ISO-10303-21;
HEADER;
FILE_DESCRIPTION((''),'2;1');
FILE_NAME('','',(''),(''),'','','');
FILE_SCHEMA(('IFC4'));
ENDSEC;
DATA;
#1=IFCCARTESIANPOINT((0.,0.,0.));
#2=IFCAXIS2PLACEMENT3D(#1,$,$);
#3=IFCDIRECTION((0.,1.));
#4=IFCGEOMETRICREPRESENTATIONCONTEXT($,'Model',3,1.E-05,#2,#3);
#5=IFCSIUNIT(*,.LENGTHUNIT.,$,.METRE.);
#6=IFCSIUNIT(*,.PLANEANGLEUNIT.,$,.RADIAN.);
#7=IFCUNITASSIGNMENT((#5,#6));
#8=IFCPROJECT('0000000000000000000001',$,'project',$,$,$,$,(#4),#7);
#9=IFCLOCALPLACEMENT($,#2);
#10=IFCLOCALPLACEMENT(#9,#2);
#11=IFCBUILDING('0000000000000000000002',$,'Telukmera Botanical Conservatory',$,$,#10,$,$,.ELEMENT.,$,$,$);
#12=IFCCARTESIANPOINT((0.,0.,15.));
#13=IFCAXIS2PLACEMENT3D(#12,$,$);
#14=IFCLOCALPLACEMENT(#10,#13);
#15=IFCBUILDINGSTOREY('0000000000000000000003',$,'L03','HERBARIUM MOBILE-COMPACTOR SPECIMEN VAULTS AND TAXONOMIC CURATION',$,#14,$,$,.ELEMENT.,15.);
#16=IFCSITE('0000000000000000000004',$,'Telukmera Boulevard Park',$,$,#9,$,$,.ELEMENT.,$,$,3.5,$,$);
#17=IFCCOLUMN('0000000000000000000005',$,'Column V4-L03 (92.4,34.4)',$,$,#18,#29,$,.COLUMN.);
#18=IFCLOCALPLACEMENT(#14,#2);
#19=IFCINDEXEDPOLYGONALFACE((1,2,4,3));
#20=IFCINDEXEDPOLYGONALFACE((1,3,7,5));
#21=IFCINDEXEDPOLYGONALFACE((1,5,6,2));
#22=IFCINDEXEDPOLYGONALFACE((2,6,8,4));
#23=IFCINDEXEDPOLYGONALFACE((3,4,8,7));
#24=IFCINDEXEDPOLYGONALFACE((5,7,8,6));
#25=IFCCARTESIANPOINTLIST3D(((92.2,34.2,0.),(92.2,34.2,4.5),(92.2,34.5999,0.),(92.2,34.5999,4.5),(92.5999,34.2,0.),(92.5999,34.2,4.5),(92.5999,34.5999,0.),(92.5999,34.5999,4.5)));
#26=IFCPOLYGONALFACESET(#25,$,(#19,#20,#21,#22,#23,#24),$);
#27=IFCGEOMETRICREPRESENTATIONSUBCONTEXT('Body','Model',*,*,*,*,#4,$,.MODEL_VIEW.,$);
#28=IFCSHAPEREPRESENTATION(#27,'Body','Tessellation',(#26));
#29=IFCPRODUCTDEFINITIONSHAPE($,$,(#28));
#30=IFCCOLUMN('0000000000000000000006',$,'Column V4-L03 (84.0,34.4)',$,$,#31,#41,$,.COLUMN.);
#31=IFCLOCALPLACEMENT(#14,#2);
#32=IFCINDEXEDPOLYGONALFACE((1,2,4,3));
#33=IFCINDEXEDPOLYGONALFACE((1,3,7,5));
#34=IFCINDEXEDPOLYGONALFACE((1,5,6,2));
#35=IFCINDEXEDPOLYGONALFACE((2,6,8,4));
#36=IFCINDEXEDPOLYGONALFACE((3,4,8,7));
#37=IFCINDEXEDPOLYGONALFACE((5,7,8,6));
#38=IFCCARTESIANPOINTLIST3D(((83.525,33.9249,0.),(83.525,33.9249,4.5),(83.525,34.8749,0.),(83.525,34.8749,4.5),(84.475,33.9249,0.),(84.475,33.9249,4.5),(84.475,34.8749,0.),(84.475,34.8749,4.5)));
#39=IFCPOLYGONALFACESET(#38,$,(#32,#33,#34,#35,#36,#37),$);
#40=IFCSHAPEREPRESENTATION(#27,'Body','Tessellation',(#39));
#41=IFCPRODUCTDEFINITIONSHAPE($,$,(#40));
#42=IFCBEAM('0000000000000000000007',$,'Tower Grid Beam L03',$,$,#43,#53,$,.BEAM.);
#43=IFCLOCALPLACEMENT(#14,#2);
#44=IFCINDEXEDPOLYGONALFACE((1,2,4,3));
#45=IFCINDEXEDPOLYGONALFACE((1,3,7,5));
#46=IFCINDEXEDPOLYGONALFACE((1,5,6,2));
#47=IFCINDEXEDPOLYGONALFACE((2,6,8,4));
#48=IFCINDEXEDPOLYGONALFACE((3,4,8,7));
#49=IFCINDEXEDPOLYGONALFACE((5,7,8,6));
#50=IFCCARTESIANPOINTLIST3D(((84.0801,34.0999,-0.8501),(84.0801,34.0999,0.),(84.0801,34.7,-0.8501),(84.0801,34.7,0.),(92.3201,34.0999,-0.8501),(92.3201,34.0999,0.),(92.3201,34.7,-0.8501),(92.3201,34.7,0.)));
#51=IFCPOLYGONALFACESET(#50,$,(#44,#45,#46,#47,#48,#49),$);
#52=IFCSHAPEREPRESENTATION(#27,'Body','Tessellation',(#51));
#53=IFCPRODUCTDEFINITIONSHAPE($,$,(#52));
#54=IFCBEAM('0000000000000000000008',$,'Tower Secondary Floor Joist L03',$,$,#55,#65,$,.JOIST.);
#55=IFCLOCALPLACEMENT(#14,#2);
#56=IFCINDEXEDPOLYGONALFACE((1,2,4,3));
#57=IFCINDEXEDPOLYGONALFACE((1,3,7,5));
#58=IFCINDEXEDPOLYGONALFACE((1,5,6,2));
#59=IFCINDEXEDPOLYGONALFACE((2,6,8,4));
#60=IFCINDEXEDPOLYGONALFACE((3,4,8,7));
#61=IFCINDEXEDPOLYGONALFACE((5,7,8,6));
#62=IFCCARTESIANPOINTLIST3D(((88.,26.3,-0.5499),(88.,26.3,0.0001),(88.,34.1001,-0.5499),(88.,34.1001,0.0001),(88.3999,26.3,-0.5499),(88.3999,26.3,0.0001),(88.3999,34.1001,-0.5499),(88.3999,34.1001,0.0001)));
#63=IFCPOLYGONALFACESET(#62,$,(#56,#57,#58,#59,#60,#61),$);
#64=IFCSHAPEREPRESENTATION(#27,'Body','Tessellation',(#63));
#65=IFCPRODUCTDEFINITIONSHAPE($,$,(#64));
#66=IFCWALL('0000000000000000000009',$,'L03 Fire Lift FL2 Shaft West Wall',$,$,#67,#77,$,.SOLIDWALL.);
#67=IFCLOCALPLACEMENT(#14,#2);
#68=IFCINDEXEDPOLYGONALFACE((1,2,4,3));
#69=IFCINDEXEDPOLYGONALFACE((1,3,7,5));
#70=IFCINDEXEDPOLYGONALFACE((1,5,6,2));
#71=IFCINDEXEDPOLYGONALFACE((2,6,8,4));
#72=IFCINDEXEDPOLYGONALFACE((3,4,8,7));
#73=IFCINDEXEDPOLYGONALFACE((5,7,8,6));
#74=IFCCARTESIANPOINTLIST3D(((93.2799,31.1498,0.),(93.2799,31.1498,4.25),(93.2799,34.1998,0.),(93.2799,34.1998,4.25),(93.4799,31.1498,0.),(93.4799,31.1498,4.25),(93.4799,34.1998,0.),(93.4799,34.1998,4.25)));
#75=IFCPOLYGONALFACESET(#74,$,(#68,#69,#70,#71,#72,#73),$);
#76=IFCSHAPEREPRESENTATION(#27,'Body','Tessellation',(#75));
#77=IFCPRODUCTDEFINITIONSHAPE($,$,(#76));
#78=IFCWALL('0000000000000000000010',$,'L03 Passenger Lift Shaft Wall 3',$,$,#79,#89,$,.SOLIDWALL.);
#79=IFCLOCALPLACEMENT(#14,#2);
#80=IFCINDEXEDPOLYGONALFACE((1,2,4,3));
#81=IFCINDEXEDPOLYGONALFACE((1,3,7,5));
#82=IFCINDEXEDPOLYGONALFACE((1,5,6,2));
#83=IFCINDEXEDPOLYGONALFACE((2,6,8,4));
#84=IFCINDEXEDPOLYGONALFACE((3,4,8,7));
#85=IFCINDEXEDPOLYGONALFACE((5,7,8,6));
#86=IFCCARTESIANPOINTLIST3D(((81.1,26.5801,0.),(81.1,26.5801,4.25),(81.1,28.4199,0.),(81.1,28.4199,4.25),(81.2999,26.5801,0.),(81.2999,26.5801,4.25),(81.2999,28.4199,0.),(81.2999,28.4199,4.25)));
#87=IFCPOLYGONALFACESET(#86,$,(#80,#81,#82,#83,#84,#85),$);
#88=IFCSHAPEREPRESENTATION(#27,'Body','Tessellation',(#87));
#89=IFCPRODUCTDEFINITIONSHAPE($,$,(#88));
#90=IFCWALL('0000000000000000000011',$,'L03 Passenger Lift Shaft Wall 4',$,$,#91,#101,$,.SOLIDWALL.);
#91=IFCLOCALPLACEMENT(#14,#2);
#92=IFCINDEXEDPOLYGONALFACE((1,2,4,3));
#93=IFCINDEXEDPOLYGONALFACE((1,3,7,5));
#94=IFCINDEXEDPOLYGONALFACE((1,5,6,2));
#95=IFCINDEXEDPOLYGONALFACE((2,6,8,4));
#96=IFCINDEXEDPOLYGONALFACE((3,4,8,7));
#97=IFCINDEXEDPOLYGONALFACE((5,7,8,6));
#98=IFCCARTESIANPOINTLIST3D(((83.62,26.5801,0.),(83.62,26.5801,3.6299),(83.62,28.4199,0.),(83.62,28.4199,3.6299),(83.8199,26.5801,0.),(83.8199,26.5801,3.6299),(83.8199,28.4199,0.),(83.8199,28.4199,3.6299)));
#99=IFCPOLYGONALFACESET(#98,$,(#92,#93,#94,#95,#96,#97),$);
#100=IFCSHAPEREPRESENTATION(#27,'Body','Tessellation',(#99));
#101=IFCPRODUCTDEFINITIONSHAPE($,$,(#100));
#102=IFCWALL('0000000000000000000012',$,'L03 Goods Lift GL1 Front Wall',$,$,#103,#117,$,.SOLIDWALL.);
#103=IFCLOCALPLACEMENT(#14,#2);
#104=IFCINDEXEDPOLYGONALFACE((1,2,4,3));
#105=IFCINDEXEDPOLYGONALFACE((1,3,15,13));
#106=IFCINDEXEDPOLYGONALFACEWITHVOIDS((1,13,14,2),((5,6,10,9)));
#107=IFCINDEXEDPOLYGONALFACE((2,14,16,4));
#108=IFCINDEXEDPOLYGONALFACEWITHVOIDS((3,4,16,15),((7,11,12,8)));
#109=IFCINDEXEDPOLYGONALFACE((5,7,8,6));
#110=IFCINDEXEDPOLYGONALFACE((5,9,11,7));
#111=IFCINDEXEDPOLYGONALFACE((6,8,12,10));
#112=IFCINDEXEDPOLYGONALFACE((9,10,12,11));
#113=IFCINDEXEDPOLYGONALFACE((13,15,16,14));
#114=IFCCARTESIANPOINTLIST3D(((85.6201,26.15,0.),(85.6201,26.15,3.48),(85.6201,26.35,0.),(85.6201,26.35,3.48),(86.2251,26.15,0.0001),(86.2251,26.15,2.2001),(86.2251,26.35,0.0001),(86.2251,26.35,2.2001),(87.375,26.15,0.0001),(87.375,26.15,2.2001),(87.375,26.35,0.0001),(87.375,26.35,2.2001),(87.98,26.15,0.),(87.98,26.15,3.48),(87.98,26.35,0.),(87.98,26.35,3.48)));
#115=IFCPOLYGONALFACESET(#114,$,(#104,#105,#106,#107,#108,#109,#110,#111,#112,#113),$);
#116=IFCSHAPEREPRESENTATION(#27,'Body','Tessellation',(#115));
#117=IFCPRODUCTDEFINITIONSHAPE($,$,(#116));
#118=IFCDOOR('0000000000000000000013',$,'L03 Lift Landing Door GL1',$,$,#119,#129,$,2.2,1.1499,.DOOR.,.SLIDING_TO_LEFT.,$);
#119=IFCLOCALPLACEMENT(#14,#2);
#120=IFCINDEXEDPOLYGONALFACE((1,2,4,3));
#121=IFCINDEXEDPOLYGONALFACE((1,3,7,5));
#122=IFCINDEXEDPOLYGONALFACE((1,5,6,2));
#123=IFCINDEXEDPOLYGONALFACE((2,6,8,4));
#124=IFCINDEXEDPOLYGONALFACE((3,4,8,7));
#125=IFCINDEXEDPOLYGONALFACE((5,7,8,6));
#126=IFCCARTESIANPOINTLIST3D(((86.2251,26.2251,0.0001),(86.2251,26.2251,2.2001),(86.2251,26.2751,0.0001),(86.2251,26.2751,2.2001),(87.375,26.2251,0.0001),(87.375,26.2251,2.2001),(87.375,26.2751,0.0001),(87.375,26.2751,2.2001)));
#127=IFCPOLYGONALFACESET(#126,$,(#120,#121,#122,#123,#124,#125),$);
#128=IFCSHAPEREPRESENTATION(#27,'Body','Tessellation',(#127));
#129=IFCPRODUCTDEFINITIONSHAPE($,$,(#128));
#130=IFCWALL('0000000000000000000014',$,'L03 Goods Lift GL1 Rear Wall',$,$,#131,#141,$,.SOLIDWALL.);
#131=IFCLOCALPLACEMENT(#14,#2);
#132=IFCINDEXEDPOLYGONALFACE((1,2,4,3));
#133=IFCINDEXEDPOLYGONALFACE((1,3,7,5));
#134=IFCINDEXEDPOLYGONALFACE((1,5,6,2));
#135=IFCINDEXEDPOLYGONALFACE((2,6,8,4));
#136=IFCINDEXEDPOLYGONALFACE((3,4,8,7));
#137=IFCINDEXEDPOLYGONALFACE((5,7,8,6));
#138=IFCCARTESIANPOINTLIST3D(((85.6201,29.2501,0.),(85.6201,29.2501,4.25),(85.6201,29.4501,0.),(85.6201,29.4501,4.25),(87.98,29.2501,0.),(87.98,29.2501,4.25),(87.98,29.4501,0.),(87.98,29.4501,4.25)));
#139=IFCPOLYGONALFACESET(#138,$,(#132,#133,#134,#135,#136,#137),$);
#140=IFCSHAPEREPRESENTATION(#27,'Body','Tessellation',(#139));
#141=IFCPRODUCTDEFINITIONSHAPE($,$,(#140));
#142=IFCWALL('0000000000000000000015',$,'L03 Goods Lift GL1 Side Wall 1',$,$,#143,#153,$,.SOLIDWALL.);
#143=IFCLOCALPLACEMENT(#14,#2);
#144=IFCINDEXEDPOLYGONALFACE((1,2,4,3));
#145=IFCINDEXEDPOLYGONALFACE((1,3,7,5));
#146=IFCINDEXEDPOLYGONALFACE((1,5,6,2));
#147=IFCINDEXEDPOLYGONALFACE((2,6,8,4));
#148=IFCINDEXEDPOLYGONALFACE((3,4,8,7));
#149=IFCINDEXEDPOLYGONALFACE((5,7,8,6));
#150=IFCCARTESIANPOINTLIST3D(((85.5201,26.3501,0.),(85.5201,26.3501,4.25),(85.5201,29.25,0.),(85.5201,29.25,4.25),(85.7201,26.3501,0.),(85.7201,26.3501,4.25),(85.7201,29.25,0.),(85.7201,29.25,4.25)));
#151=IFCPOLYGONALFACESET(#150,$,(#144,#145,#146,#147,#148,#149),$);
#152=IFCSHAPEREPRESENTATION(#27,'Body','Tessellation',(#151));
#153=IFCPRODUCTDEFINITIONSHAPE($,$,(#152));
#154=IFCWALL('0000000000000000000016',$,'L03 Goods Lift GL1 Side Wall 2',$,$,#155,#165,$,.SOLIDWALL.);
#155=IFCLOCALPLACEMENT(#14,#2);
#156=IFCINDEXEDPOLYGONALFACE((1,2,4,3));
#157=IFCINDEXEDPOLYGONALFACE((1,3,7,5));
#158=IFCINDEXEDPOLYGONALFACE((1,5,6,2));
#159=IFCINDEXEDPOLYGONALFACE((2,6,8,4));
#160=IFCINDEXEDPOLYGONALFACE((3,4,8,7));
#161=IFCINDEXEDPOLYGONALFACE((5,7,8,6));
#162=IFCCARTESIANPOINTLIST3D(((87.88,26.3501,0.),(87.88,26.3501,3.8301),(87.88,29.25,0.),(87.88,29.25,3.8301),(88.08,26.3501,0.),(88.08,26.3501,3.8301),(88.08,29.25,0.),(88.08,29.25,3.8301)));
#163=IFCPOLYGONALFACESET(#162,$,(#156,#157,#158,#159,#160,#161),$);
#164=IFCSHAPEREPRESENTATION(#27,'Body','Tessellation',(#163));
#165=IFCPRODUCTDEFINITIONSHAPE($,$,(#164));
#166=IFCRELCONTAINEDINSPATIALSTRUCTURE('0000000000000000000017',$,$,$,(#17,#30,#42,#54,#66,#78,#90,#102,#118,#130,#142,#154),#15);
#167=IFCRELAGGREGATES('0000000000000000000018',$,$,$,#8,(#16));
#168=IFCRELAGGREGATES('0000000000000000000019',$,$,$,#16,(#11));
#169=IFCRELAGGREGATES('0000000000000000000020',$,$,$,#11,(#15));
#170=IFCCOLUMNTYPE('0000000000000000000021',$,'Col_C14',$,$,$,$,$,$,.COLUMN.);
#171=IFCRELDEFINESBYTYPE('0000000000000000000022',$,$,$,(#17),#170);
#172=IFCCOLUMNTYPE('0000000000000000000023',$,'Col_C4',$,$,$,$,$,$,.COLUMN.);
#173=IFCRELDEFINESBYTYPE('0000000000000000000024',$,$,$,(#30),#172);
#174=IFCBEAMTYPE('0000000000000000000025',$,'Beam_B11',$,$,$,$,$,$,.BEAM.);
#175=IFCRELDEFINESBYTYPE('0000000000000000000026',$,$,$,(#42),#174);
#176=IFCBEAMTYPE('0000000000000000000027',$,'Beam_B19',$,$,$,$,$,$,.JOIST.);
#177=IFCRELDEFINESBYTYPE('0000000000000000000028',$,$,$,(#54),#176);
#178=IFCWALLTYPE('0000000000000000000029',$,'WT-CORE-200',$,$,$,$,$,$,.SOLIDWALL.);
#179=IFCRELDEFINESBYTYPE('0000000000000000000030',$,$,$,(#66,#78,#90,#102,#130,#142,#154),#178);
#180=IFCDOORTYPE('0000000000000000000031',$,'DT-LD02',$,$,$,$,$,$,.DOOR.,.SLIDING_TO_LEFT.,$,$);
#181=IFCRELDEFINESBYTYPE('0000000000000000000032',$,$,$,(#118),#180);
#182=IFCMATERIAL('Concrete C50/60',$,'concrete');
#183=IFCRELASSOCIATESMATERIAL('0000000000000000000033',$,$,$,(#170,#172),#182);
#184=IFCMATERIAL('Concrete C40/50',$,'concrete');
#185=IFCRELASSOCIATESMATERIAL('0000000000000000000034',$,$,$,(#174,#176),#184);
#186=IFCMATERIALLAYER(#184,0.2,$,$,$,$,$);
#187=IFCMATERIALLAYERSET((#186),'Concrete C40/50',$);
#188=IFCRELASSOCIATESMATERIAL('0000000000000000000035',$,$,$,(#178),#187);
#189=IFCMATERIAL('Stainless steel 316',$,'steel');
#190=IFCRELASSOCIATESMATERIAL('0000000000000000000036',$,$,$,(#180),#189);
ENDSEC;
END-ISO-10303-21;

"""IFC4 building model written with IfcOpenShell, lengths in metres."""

from ifc_helpers import new_model, si_unit, direction, frame, frame_2d, origin, origin_2d, place, context, subcontext, project, spatial, rectangle, extrude, material, layer, layer_set, material_profile, profile_set, type_object, element, fill, save


model = new_model("IFC4")

# Units and contexts
model_context = context("Model", 3, precision=1e-05, world=origin(), true_north=direction((0.0, 1.0)))
body_context = subcontext(model_context, "Body", "Model", "MODEL_VIEW")
ifc_project = project(units=[si_unit("LENGTHUNIT", "METRE"), si_unit("PLANEANGLEUNIT", "RADIAN")], contexts=[model_context])

# Site, building, storey
site_placement = place(None, origin())
site = spatial("IfcSite", under=ifc_project, at=site_placement, Name="Telukmera Boulevard Park", CompositionType="ELEMENT", RefElevation=3.5)
building_placement = place(site_placement, origin())
building = spatial("IfcBuilding", under=site, at=building_placement, Name="Telukmera Botanical Conservatory", CompositionType="ELEMENT")
storey_placement = place(building_placement, frame((0.0, 0.0, 15.0)))
storey = spatial("IfcBuildingStorey", under=building, at=storey_placement, Name="L03", Description="HERBARIUM MOBILE-COMPACTOR SPECIMEN VAULTS AND TAXONOMIC CURATION", CompositionType="ELEMENT", Elevation=15.0)

# Columns
ifc_material_1 = material(Name="Concrete C50/60", Category="concrete")
ifc_material_profile_1 = material_profile(ifc_material_1, rectangle(XDim=0.3999, YDim=0.3999, at=origin_2d()), Name="RC 400x400")
ifc_profile_set_1 = profile_set([ifc_material_profile_1], Name="Concrete C50/60")
column_type_1 = type_object("IfcColumnType", Name="Col_C14", PredefinedType="COLUMN", material=ifc_profile_set_1)
column_1_placement = place(storey_placement, frame((92.3999, 34.3999, 0.0), z_axis=(0.0, 0.0, 1.0), x_axis=(1.0, 0.0, 0.0)))
element("IfcColumn", 1, at=column_1_placement, inside=storey, type_object=column_type_1, Name="Column V4-L03 (92.4,34.4)", PredefinedType="COLUMN", context=body_context, shape_type="SweptSolid", body=[
    extrude(rectangle(XDim=0.3999, YDim=0.3999, at=origin_2d()), origin(), (0.0, 0.0, 1.0), 4.5),
])
ifc_material_profile_2 = material_profile(ifc_material_1, rectangle(XDim=0.95, YDim=0.95, at=origin_2d()), Name="RC 950x950")
ifc_profile_set_2 = profile_set([ifc_material_profile_2], Name="Concrete C50/60")
column_type_2 = type_object("IfcColumnType", Name="Col_C4", PredefinedType="COLUMN", material=ifc_profile_set_2)
column_2_placement = place(storey_placement, frame((84.0, 34.3999, 0.0), z_axis=(0.0, 0.0, 1.0), x_axis=(1.0, 0.0, 0.0)))
element("IfcColumn", 2, at=column_2_placement, inside=storey, type_object=column_type_2, Name="Column V4-L03 (84.0,34.4)", PredefinedType="COLUMN", context=body_context, shape_type="SweptSolid", body=[
    extrude(rectangle(XDim=0.95, YDim=0.95, at=origin_2d()), origin(), (0.0, 0.0, 1.0), 4.5),
])

# Beams
ifc_material_2 = material(Name="Concrete C40/50", Category="concrete")
ifc_material_profile_3 = material_profile(ifc_material_2, rectangle(XDim=0.6001, YDim=0.8501, at=origin_2d()), Name="RC 600x850")
ifc_profile_set_3 = profile_set([ifc_material_profile_3], Name="Concrete C40/50")
beam_type_1 = type_object("IfcBeamType", Name="Beam_B11", PredefinedType="BEAM", material=ifc_profile_set_3)
beam_1_placement = place(storey_placement, frame((84.0801, 34.3999, -0.425), z_axis=(1.0, 0.0, 0.0), x_axis=(0.0, 1.0, 0.0)))
element("IfcBeam", 3, at=beam_1_placement, inside=storey, type_object=beam_type_1, Name="Tower Grid Beam L03", PredefinedType="BEAM", context=body_context, shape_type="SweptSolid", body=[
    extrude(rectangle(XDim=0.6001, YDim=0.8501, at=origin_2d()), origin(), (0.0, 0.0, 1.0), 8.24),
])
ifc_material_profile_4 = material_profile(ifc_material_2, rectangle(XDim=0.3999, YDim=0.55, at=origin_2d()), Name="RC 400x550")
ifc_profile_set_4 = profile_set([ifc_material_profile_4], Name="Concrete C40/50")
beam_type_2 = type_object("IfcBeamType", Name="Beam_B19", PredefinedType="JOIST", material=ifc_profile_set_4)
beam_2_placement = place(storey_placement, frame((88.2, 26.3, -0.2749), z_axis=(0.0, 1.0, 0.0), x_axis=(-1.0, 0.0, 0.0)))
element("IfcBeam", 4, at=beam_2_placement, inside=storey, type_object=beam_type_2, Name="Tower Secondary Floor Joist L03", PredefinedType="JOIST", context=body_context, shape_type="SweptSolid", body=[
    extrude(rectangle(XDim=0.3999, YDim=0.55, at=origin_2d()), origin(), (0.0, 0.0, 1.0), 7.8),
])

# Shared definitions
ifc_layer_1 = layer(ifc_material_2, 0.2)
ifc_layer_set_1 = layer_set([ifc_layer_1], Name="Concrete C40/50")
wall_type_1 = type_object("IfcWallType", Name="WT-CORE-200", PredefinedType="SOLIDWALL", material=ifc_layer_set_1)
ifc_material_3 = material(Name="Stainless steel 316", Category="steel")

# Walls
wall_1_placement = place(storey_placement, frame((93.3799, 31.1499, 0.0), z_axis=(0.0, 0.0, 1.0), x_axis=(0.0, 1.0, 0.0)))
element("IfcWall", 5, at=wall_1_placement, inside=storey, type_object=wall_type_1, Name="L03 Fire Lift FL2 Shaft West Wall", PredefinedType="SOLIDWALL", context=body_context, shape_type="SweptSolid", body=[
    extrude(rectangle(XDim=3.05, YDim=0.2, at=frame_2d((1.5249, 0.0))), origin(), (0.0, 0.0, 1.0), 4.25),
])
wall_2_placement = place(storey_placement, frame((81.2, 26.5801, 0.0), z_axis=(0.0, 0.0, 1.0), x_axis=(0.0, 1.0, 0.0)))
element("IfcWall", 6, at=wall_2_placement, inside=storey, type_object=wall_type_1, Name="L03 Passenger Lift Shaft Wall 3", PredefinedType="SOLIDWALL", context=body_context, shape_type="SweptSolid", body=[
    extrude(rectangle(XDim=1.8398, YDim=0.2, at=frame_2d((0.9199, 0.0))), origin(), (0.0, 0.0, 1.0), 4.25),
])
wall_3_placement = place(storey_placement, frame((83.72, 26.5801, 0.0), z_axis=(0.0, 0.0, 1.0), x_axis=(0.0, 1.0, 0.0)))
element("IfcWall", 7, at=wall_3_placement, inside=storey, type_object=wall_type_1, Name="L03 Passenger Lift Shaft Wall 4", PredefinedType="SOLIDWALL", context=body_context, shape_type="SweptSolid", body=[
    extrude(rectangle(XDim=1.8398, YDim=0.2, at=frame_2d((0.9199, 0.0))), origin(), (0.0, 0.0, 1.0), 3.6299),
])

# Wall, opening, door
wall_4_placement = place(storey_placement, frame((85.6201, 26.25, 0.0), z_axis=(0.0, 0.0, 1.0), x_axis=(1.0, 0.0, 0.0)))
wall_4 = element("IfcWall", 8, at=wall_4_placement, inside=storey, type_object=wall_type_1, Name="L03 Goods Lift GL1 Front Wall", PredefinedType="SOLIDWALL", context=body_context, shape_type="SweptSolid", body=[
    extrude(rectangle(XDim=2.3599, YDim=0.2, at=frame_2d((1.1799, 0.0))), origin(), (0.0, 0.0, 1.0), 3.48),
])
opening_1_placement = place(wall_4_placement, frame((0.605, 0.0, 0.0)))
opening_1 = element("IfcOpeningElement", 9, at=opening_1_placement, cuts=wall_4, PredefinedType="OPENING", context=body_context, shape_type="SweptSolid", body=[
    extrude(rectangle(XDim=1.1499, YDim=2.2, at=frame_2d((0.575, 1.1001))), frame((0.0, 0.1099, 0.0), z_axis=(0.0, -1.0, 0.0), x_axis=(1.0, 0.0, 0.0)), (0.0, 0.0, 1.0), 0.22),
])
door_type_1 = type_object("IfcDoorType", Name="DT-LD02", OperationType="SLIDING_TO_LEFT", PredefinedType="DOOR", material=ifc_material_3)
door_1_placement = place(opening_1_placement, frame((1.1499, 0.0, 0.0), z_axis=(0.0, 0.0, 1.0), x_axis=(-1.0, 0.0, 0.0)))
door_1 = element("IfcDoor", 10, at=door_1_placement, inside=storey, type_object=door_type_1, Name="L03 Lift Landing Door GL1", OperationType="SLIDING_TO_LEFT", OverallHeight=2.2, OverallWidth=1.1499, PredefinedType="DOOR", context=body_context, shape_type="SweptSolid", body=[
    extrude(rectangle(XDim=1.1499, YDim=2.2, at=frame_2d((0.575, 1.1001))), frame((0.0, 0.0249, 0.0), z_axis=(0.0, -1.0, 0.0), x_axis=(1.0, 0.0, 0.0)), (0.0, 0.0, 1.0), 0.05),
])
fill(opening_1, door_1)

# Walls
wall_5_placement = place(storey_placement, frame((85.6201, 29.3501, 0.0), z_axis=(0.0, 0.0, 1.0), x_axis=(1.0, 0.0, 0.0)))
element("IfcWall", 11, at=wall_5_placement, inside=storey, type_object=wall_type_1, Name="L03 Goods Lift GL1 Rear Wall", PredefinedType="SOLIDWALL", context=body_context, shape_type="SweptSolid", body=[
    extrude(rectangle(XDim=2.3599, YDim=0.2, at=frame_2d((1.1799, 0.0))), origin(), (0.0, 0.0, 1.0), 4.25),
])
wall_6_placement = place(storey_placement, frame((85.6201, 26.3501, 0.0), z_axis=(0.0, 0.0, 1.0), x_axis=(0.0, 1.0, 0.0)))
element("IfcWall", 12, at=wall_6_placement, inside=storey, type_object=wall_type_1, Name="L03 Goods Lift GL1 Side Wall 1", PredefinedType="SOLIDWALL", context=body_context, shape_type="SweptSolid", body=[
    extrude(rectangle(XDim=2.8999, YDim=0.2, at=frame_2d((1.45, 0.0))), origin(), (0.0, 0.0, 1.0), 4.25),
])
wall_7_placement = place(storey_placement, frame((87.98, 26.3501, 0.0), z_axis=(0.0, 0.0, 1.0), x_axis=(0.0, 1.0, 0.0)))
element("IfcWall", 13, at=wall_7_placement, inside=storey, type_object=wall_type_1, Name="L03 Goods Lift GL1 Side Wall 2", PredefinedType="SOLIDWALL", context=body_context, shape_type="SweptSolid", body=[
    extrude(rectangle(XDim=2.8999, YDim=0.2, at=frame_2d((1.45, 0.0))), origin(), (0.0, 0.0, 1.0), 3.8301),
])

save(model, "model.ifc")
